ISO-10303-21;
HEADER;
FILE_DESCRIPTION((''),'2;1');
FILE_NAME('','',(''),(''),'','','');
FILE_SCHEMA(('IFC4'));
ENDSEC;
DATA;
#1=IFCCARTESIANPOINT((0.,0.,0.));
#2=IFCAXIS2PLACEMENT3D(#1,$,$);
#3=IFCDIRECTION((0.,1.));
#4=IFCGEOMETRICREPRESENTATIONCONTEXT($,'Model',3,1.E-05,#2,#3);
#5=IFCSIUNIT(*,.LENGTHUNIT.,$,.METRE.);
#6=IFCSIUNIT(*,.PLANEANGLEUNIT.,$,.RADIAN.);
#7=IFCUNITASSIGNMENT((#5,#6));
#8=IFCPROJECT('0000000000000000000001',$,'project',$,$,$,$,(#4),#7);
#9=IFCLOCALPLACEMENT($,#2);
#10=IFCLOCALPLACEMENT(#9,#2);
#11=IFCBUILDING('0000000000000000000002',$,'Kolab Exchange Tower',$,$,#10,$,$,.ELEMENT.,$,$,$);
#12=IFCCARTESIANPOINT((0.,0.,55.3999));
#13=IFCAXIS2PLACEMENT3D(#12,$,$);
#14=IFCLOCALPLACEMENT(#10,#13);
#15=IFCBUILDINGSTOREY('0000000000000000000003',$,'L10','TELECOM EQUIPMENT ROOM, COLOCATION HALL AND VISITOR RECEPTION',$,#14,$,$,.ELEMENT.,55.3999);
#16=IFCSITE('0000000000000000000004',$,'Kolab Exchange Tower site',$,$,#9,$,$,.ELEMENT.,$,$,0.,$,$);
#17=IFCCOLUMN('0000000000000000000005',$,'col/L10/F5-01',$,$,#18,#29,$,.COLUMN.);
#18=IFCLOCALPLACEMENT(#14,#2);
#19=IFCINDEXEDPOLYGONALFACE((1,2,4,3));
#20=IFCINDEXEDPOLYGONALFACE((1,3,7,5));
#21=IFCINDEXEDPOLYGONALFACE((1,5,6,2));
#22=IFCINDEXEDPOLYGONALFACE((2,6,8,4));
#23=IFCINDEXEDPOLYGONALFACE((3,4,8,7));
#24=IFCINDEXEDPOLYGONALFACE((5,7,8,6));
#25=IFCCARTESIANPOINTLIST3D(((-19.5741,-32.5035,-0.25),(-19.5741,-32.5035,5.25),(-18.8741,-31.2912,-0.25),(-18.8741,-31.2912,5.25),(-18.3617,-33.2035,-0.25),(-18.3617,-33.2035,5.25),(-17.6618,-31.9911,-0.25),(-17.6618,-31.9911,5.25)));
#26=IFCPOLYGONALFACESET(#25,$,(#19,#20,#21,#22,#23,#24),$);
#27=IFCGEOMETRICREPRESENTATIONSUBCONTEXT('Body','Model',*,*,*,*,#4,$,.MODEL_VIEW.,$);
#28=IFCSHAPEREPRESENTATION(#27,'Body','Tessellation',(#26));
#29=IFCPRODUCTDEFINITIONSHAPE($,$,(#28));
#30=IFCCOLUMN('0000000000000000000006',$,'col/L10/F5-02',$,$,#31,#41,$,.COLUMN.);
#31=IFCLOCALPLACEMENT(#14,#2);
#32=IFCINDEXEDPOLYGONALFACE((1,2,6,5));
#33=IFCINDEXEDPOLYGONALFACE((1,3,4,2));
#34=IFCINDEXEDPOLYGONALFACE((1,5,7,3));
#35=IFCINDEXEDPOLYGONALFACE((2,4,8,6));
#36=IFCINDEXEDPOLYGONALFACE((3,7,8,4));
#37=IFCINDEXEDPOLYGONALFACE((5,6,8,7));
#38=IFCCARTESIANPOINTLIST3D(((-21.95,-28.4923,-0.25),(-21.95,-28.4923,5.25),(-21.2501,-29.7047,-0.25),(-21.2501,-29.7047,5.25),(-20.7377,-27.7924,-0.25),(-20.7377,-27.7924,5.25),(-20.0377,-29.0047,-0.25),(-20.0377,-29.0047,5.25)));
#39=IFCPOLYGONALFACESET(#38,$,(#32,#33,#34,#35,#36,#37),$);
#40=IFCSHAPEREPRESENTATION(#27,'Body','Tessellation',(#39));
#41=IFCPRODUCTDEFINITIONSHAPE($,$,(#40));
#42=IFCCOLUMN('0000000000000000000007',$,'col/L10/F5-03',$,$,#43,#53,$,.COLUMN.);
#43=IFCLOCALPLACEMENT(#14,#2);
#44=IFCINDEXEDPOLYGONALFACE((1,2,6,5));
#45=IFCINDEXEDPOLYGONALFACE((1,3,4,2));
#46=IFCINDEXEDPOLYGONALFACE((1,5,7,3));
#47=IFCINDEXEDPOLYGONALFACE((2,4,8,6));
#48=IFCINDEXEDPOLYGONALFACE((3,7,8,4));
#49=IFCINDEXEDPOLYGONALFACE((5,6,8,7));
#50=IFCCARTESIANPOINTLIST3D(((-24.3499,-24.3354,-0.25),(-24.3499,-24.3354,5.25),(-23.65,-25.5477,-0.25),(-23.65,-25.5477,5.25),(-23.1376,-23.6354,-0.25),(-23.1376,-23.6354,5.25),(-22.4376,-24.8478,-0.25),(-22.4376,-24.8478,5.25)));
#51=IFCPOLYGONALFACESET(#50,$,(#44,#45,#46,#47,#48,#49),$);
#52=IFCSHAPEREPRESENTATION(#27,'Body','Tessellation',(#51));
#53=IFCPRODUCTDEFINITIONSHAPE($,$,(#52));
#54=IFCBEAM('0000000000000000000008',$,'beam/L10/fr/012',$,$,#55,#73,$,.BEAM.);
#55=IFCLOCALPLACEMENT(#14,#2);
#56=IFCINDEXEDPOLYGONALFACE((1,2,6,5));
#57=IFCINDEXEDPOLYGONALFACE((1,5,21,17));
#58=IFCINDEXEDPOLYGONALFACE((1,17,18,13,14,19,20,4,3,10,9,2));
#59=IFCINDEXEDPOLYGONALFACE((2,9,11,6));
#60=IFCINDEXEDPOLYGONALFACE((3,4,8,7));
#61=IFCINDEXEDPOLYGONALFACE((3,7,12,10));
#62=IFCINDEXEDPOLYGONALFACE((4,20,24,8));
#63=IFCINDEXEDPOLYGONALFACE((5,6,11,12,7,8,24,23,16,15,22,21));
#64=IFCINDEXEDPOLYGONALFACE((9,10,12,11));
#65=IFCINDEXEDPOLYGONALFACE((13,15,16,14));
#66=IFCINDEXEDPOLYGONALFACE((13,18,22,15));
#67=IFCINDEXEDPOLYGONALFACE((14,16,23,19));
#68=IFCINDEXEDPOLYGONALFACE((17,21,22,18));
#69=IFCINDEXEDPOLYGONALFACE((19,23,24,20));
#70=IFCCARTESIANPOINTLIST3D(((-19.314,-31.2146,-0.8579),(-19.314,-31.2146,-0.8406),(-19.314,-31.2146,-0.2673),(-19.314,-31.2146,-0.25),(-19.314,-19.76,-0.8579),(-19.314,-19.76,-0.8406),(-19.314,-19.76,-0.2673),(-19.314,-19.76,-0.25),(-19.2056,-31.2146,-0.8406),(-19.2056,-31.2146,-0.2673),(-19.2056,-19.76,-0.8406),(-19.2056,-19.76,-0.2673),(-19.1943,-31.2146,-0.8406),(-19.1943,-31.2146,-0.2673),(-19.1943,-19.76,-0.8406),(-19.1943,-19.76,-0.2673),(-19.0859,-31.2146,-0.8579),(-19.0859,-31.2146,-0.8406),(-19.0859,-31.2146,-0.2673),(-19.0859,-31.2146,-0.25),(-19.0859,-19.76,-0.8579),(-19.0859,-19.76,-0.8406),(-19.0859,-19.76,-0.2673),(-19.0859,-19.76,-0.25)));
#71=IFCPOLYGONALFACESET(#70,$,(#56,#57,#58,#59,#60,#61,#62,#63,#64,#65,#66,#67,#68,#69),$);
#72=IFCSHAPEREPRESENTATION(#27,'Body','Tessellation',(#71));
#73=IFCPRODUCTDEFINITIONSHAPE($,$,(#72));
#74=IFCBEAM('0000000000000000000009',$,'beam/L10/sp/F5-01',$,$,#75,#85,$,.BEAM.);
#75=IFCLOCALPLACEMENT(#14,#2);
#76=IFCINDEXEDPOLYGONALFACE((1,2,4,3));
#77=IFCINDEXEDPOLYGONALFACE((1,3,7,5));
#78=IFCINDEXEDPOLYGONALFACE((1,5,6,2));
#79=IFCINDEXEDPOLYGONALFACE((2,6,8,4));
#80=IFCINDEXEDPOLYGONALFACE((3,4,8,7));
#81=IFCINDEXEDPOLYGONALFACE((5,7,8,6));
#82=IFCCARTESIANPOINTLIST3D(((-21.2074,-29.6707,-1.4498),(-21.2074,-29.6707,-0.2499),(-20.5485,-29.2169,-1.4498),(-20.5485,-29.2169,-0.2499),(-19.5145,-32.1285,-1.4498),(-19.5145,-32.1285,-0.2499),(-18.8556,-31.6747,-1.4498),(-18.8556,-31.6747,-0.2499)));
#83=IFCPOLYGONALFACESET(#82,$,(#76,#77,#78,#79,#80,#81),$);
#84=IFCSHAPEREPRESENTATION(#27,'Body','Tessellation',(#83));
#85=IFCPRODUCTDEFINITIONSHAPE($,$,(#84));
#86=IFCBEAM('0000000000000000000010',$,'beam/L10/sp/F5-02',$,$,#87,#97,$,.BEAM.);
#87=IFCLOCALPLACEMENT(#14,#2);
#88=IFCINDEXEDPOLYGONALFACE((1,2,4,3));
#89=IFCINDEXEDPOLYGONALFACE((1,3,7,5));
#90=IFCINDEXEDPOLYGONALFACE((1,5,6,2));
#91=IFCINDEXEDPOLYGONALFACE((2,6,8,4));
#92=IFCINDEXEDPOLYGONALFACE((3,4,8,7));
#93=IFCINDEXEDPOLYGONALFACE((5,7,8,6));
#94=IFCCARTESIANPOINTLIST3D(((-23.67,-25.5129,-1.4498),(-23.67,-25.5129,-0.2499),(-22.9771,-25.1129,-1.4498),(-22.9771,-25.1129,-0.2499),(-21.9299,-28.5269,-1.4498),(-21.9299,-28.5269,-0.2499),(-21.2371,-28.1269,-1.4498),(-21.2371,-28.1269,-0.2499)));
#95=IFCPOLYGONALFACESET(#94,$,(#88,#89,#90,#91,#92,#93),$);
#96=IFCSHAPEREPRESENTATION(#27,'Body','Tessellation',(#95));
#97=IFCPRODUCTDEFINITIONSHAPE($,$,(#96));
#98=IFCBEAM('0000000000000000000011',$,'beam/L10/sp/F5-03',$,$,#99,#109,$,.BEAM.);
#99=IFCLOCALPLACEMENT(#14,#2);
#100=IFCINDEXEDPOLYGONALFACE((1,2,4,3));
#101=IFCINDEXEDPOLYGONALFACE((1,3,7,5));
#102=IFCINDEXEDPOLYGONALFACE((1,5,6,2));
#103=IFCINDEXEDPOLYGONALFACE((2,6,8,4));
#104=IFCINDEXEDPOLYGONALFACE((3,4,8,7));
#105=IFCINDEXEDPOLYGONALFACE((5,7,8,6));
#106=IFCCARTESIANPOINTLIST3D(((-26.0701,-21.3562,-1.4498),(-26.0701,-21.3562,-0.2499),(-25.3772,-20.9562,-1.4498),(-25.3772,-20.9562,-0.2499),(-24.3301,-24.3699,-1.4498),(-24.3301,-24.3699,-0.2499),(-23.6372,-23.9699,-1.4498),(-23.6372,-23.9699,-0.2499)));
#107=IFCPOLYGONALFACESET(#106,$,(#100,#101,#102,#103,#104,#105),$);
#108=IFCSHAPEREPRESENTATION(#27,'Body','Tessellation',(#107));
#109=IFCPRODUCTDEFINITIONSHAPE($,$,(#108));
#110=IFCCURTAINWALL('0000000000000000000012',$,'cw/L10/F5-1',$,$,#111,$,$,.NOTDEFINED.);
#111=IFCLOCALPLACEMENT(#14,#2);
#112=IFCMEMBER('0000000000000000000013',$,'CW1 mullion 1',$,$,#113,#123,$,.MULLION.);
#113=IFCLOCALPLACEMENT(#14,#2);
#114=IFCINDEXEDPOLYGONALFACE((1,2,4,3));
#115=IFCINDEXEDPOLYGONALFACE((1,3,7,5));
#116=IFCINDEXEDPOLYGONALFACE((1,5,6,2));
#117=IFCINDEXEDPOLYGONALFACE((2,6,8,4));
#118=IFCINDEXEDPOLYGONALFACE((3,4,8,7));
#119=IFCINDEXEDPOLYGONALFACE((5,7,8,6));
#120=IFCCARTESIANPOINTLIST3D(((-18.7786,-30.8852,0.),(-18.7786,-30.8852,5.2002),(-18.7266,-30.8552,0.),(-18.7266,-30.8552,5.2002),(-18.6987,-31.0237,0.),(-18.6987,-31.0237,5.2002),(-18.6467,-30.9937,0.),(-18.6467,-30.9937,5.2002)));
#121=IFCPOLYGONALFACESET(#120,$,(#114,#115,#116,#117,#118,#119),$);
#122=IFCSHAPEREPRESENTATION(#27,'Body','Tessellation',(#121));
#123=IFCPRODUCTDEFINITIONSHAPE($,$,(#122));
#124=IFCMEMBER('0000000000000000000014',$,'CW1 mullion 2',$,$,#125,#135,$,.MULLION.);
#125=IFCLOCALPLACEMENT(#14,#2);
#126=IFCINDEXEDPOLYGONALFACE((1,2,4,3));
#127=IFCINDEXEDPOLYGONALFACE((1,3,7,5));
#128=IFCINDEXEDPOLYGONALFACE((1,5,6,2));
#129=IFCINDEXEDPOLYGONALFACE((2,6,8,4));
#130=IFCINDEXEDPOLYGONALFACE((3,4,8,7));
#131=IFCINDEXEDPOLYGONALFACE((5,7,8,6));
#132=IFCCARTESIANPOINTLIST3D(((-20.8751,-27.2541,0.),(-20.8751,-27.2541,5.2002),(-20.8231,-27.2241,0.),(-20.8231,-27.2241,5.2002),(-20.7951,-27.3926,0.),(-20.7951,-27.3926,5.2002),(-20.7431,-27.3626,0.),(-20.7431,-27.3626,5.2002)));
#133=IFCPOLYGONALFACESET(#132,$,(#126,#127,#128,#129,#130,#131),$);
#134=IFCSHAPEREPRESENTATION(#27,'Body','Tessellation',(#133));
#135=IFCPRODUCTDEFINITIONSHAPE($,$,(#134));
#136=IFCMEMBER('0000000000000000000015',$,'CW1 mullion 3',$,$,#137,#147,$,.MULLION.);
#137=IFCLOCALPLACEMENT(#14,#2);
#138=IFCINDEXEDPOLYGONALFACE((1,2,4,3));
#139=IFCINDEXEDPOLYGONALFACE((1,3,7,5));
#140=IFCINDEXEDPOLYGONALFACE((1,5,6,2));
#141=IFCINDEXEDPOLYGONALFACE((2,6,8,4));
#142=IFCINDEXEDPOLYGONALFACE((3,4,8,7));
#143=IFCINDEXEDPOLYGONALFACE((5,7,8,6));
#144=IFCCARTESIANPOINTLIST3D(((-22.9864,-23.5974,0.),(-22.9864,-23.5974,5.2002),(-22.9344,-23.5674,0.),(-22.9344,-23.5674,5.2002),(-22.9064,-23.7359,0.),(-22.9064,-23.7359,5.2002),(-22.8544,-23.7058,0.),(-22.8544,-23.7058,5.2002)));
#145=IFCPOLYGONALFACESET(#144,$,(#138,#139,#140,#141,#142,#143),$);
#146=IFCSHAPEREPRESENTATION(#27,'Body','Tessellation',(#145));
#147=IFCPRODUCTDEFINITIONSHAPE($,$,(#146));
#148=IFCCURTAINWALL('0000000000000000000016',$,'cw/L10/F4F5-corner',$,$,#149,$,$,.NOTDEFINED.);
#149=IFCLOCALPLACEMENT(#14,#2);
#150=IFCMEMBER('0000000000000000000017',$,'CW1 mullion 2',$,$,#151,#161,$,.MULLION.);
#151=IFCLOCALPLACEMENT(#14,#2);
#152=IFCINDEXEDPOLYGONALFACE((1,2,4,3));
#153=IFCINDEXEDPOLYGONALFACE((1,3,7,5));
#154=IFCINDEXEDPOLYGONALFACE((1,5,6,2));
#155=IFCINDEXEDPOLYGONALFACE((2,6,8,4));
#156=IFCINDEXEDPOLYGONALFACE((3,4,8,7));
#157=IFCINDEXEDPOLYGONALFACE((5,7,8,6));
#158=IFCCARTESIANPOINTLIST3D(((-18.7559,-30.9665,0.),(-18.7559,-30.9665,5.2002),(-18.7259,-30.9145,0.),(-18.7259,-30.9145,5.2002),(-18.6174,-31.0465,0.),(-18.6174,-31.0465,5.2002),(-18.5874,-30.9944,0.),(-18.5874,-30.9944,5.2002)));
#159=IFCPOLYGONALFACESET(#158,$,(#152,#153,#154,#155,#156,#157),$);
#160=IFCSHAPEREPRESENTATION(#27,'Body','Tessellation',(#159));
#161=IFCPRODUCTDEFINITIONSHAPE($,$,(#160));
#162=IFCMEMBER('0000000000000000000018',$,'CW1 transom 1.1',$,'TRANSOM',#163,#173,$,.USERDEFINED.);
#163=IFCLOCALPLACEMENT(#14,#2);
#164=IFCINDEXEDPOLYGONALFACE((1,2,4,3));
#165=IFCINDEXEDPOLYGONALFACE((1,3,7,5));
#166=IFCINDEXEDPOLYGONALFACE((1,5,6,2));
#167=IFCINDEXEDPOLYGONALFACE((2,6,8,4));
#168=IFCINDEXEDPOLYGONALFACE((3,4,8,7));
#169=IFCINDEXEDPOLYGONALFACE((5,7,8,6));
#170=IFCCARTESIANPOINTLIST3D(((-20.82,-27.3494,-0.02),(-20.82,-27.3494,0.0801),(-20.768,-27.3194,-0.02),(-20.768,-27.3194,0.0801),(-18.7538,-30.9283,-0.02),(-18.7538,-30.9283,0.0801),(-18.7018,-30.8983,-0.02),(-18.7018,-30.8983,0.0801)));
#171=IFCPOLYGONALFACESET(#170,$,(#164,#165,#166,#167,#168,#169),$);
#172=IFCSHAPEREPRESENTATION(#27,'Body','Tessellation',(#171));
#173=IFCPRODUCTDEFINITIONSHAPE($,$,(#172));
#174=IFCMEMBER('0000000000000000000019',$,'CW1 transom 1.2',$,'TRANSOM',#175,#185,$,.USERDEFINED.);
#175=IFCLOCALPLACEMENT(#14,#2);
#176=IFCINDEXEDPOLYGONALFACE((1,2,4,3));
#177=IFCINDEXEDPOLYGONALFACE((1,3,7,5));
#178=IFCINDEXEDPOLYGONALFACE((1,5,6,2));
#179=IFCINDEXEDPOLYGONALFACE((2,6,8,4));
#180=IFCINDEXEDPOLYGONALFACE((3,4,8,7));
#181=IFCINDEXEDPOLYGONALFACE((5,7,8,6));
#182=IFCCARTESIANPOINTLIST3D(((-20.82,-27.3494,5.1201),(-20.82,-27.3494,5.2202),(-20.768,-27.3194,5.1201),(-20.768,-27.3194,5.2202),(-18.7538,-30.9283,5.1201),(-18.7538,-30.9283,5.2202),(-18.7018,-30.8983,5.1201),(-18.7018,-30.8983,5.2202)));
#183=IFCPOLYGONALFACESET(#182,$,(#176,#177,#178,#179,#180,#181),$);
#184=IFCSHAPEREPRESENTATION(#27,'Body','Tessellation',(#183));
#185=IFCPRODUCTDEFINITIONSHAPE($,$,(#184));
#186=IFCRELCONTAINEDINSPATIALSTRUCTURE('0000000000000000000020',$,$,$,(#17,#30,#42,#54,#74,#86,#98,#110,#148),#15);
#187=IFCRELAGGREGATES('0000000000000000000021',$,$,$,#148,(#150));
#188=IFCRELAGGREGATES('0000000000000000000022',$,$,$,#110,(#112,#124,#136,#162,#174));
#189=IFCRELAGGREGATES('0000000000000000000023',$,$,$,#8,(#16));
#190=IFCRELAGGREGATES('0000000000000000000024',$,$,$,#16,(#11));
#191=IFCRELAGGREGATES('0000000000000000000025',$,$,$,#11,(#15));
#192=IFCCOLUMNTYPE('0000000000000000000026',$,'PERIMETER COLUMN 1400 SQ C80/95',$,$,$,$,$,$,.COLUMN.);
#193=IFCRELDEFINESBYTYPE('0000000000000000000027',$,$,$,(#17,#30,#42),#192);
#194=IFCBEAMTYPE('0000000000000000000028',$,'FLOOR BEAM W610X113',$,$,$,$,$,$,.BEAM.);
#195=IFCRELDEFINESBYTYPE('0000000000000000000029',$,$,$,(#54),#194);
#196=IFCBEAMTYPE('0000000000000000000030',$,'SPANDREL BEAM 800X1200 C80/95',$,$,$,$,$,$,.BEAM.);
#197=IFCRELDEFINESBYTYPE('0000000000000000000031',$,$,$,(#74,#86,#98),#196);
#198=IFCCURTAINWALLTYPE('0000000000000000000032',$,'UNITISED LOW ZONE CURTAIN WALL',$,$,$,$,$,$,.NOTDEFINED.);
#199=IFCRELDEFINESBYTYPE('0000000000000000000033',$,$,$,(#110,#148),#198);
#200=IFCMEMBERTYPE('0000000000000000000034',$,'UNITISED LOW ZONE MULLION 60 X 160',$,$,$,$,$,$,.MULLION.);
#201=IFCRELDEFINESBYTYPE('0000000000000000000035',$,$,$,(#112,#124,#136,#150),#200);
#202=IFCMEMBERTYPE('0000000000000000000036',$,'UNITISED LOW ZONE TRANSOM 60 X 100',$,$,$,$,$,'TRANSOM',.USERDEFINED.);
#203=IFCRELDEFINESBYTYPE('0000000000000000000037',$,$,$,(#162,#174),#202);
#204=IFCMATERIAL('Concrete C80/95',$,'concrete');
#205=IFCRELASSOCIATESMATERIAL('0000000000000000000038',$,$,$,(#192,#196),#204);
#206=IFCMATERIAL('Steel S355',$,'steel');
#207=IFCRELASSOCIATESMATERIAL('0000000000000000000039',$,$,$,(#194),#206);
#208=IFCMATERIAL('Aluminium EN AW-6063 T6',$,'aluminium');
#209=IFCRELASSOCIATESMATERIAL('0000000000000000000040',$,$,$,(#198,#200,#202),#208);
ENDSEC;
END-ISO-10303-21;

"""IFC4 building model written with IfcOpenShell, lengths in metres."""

from ifc_helpers import new_model, si_unit, direction, frame, origin, origin_2d, place, context, subcontext, project, spatial, rectangle, i_section, extrude, material, material_profile, profile_set, type_object, element, aggregate, save


model = new_model("IFC4")

# Units and contexts
model_context = context("Model", 3, precision=1e-05, world=origin(), true_north=direction((0.0, 1.0)))
body_context = subcontext(model_context, "Body", "Model", "MODEL_VIEW")
ifc_project = project(units=[si_unit("LENGTHUNIT", "METRE"), si_unit("PLANEANGLEUNIT", "RADIAN")], contexts=[model_context])

# Site, building, storey
site_placement = place(None, origin())
site = spatial("IfcSite", under=ifc_project, at=site_placement, Name="Kolab Exchange Tower site", CompositionType="ELEMENT", RefElevation=0.0)
building_placement = place(site_placement, origin())
building = spatial("IfcBuilding", under=site, at=building_placement, Name="Kolab Exchange Tower", CompositionType="ELEMENT")
storey_placement = place(building_placement, frame((0.0, 0.0, 55.3999)))
storey = spatial("IfcBuildingStorey", under=building, at=storey_placement, Name="L10", Description="TELECOM EQUIPMENT ROOM, COLOCATION HALL AND VISITOR RECEPTION", CompositionType="ELEMENT", Elevation=55.3999)

# Columns
ifc_material_1 = material(Name="Concrete C80/95", Category="concrete")
ifc_material_profile_1 = material_profile(ifc_material_1, rectangle(XDim=1.3999, YDim=1.3999, at=origin_2d()), Name="RC1400")
ifc_profile_set_1 = profile_set([ifc_material_profile_1], Name="Concrete C80/95")
column_type = type_object("IfcColumnType", Name="PERIMETER COLUMN 1400 SQ C80/95", PredefinedType="COLUMN", material=ifc_profile_set_1)
for number, where, z_axis, x_axis, name in (
    (1, (-18.6179, -32.2473, -0.25), (0.0, 0.0, 1.0), (0.5, 0.866025, 0.0), "col/L10/F5-01"),
    (2, (-20.9939, -28.7485, -0.25), (0.0, 0.0, 1.0), (0.866025, 0.5, 0.0), "col/L10/F5-02"),
    (3, (-23.3938, -24.5916, -0.25), (0.0, 0.0, 1.0), (0.866025, 0.5, 0.0), "col/L10/F5-03"),
):
    element("IfcColumn", number, at=place(storey_placement, frame(where, z_axis=z_axis, x_axis=x_axis)), inside=storey, type_object=column_type, Name=name, PredefinedType="COLUMN", context=body_context, shape_type="SweptSolid", body=[
        extrude(rectangle(XDim=1.3999, YDim=1.3999, at=origin_2d()), origin(), (0.0, 0.0, 1.0), 5.5),
    ])

# Beams
ifc_material_2 = material(Name="Steel S355", Category="steel")
ifc_material_profile_2 = material_profile(ifc_material_2, i_section(OverallWidth=0.228, OverallDepth=0.6079, WebThickness=0.0112, FlangeThickness=0.0173, at=origin_2d()), Name="W610X113")
ifc_profile_set_2 = profile_set([ifc_material_profile_2], Name="Steel S355")
beam_type_1 = type_object("IfcBeamType", Name="FLOOR BEAM W610X113", PredefinedType="BEAM", material=ifc_profile_set_2)
beam_1_placement = place(storey_placement, frame((-19.2, -31.2146, -0.554), z_axis=(0.0, 1.0, 0.0), x_axis=(-1.0, 0.0, 0.0)))
element("IfcBeam", 4, at=beam_1_placement, inside=storey, type_object=beam_type_1, Name="beam/L10/fr/012", PredefinedType="BEAM", context=body_context, shape_type="SweptSolid", body=[
    extrude(i_section(OverallWidth=0.228, OverallDepth=0.6079, WebThickness=0.0112, FlangeThickness=0.0173, at=origin_2d()), origin(), (0.0, 0.0, 1.0), 11.4546),
])
ifc_material_profile_3 = material_profile(ifc_material_1, rectangle(XDim=0.8, YDim=1.2, at=origin_2d()), Name="RC800X1200")
ifc_profile_set_3 = profile_set([ifc_material_profile_3], Name="Concrete C80/95")
beam_type_2 = type_object("IfcBeamType", Name="SPANDREL BEAM 800X1200 C80/95", PredefinedType="BEAM", material=ifc_profile_set_3)
beam_2_placement = place(storey_placement, frame((-19.1851, -31.9016, -0.8499), z_axis=(-0.567247, 0.823548, 0.0), x_axis=(-0.823548, -0.567247, 0.0)))
element("IfcBeam", 5, at=beam_2_placement, inside=storey, type_object=beam_type_2, Name="beam/L10/sp/F5-01", PredefinedType="BEAM", context=body_context, shape_type="SweptSolid", body=[
    extrude(rectangle(XDim=0.8, YDim=1.2, at=origin_2d()), origin(), (0.0, 0.0, 1.0), 2.9844),
])
beam_3_placement = place(storey_placement, frame((-21.5835, -28.3269, -0.8499), z_axis=(-0.49998, 0.866037, 0.0), x_axis=(-0.866037, -0.49998, 0.0)))
element("IfcBeam", 6, at=beam_3_placement, inside=storey, type_object=beam_type_2, Name="beam/L10/sp/F5-02", PredefinedType="BEAM", context=body_context, shape_type="SweptSolid", body=[
    extrude(rectangle(XDim=0.8, YDim=1.2, at=origin_2d()), origin(), (0.0, 0.0, 1.0), 3.4802),
])
beam_4_placement = place(storey_placement, frame((-23.9836, -24.1699, -0.8499), z_axis=(-0.50001, 0.86602, 0.0), x_axis=(-0.86602, -0.50001, 0.0)))
element("IfcBeam", 7, at=beam_4_placement, inside=storey, type_object=beam_type_2, Name="beam/L10/sp/F5-03", PredefinedType="BEAM", context=body_context, shape_type="SweptSolid", body=[
    extrude(rectangle(XDim=0.8, YDim=1.2, at=origin_2d()), origin(), (0.0, 0.0, 1.0), 3.48),
])

# Curtain wall, members
ifc_material_3 = material(Name="Aluminium EN AW-6063 T6", Category="aluminium")
curtain_wall_type = type_object("IfcCurtainWallType", Name="UNITISED LOW ZONE CURTAIN WALL", PredefinedType="NOTDEFINED", material=ifc_material_3)
curtain_wall_1_placement = place(storey_placement, origin())
curtain_wall_1 = element("IfcCurtainWall", 8, at=curtain_wall_1_placement, inside=storey, type_object=curtain_wall_type, Name="cw/L10/F5-1", PredefinedType="NOTDEFINED")
ifc_material_profile_4 = material_profile(ifc_material_3, rectangle(XDim=0.0601, YDim=0.1599, at=origin_2d()), Name="RECT 60X160")
ifc_profile_set_4 = profile_set([ifc_material_profile_4], Name="Aluminium EN AW-6063 T6")
member_type_1 = type_object("IfcMemberType", Name="UNITISED LOW ZONE MULLION 60 X 160", PredefinedType="MULLION", material=ifc_profile_set_4)
member_1_placement = place(storey_placement, frame((-18.7126, -30.9395, 0.0), z_axis=(0.0, 0.0, 1.0), x_axis=(-0.866025, -0.5, 0.0)))
member_1 = element("IfcMember", 9, at=member_1_placement, type_object=member_type_1, Name="CW1 mullion 1", PredefinedType="MULLION", context=body_context, shape_type="SweptSolid", body=[
    extrude(rectangle(XDim=0.0601, YDim=0.1599, at=origin_2d()), origin(), (0.0, 0.0, 1.0), 5.2002),
])
member_2_placement = place(storey_placement, frame((-20.8091, -27.3083, 0.0), z_axis=(0.0, 0.0, 1.0), x_axis=(-0.866025, -0.5, 0.0)))
member_2 = element("IfcMember", 10, at=member_2_placement, type_object=member_type_1, Name="CW1 mullion 2", PredefinedType="MULLION", context=body_context, shape_type="SweptSolid", body=[
    extrude(rectangle(XDim=0.0601, YDim=0.1599, at=origin_2d()), origin(), (0.0, 0.0, 1.0), 5.2002),
])
member_3_placement = place(storey_placement, frame((-22.9204, -23.6516, 0.0), z_axis=(0.0, 0.0, 1.0), x_axis=(-0.866025, -0.5, 0.0)))
member_3 = element("IfcMember", 11, at=member_3_placement, type_object=member_type_1, Name="CW1 mullion 3", PredefinedType="MULLION", context=body_context, shape_type="SweptSolid", body=[
    extrude(rectangle(XDim=0.0601, YDim=0.1599, at=origin_2d()), origin(), (0.0, 0.0, 1.0), 5.2002),
])

# Curtain wall, member
curtain_wall_2_placement = place(storey_placement, origin())
curtain_wall_2 = element("IfcCurtainWall", 12, at=curtain_wall_2_placement, inside=storey, type_object=curtain_wall_type, Name="cw/L10/F4F5-corner", PredefinedType="NOTDEFINED")
member_4_placement = place(storey_placement, frame((-18.6716, -30.9805, 0.0), z_axis=(0.0, 0.0, 1.0), x_axis=(-0.5, -0.866025, 0.0)))
member_4 = element("IfcMember", 13, at=member_4_placement, type_object=member_type_1, Name="CW1 mullion 2", PredefinedType="MULLION", context=body_context, shape_type="SweptSolid", body=[
    extrude(rectangle(XDim=0.0601, YDim=0.1599, at=origin_2d()), origin(), (0.0, 0.0, 1.0), 5.2002),
])
aggregate(curtain_wall_2, [member_4])

# Members
ifc_material_profile_5 = material_profile(ifc_material_3, rectangle(XDim=0.0601, YDim=0.1001, at=origin_2d()), Name="RECT 60X100")
ifc_profile_set_5 = profile_set([ifc_material_profile_5], Name="Aluminium EN AW-6063 T6")
member_type_2 = type_object("IfcMemberType", Name="UNITISED LOW ZONE TRANSOM 60 X 100", ElementType="TRANSOM", PredefinedType="USERDEFINED", material=ifc_profile_set_5)
member_5_placement = place(storey_placement, frame((-18.7278, -30.9133, 0.03), z_axis=(-0.499983, 0.866035, 0.0), x_axis=(-0.866035, -0.499983, 0.0)))
member_5 = element("IfcMember", 14, at=member_5_placement, type_object=member_type_2, Name="CW1 transom 1.1", ObjectType="TRANSOM", PredefinedType="USERDEFINED", context=body_context, shape_type="SweptSolid", body=[
    extrude(rectangle(XDim=0.0601, YDim=0.1001, at=origin_2d()), origin(), (0.0, 0.0, 1.0), 4.1326),
])
member_6_placement = place(storey_placement, frame((-18.7278, -30.9133, 5.1702), z_axis=(-0.499983, 0.866035, 0.0), x_axis=(-0.866035, -0.499983, 0.0)))
member_6 = element("IfcMember", 15, at=member_6_placement, type_object=member_type_2, Name="CW1 transom 1.2", ObjectType="TRANSOM", PredefinedType="USERDEFINED", context=body_context, shape_type="SweptSolid", body=[
    extrude(rectangle(XDim=0.0601, YDim=0.1001, at=origin_2d()), origin(), (0.0, 0.0, 1.0), 4.1326),
])

aggregate(curtain_wall_1, [member_1, member_2, member_3, member_5, member_6])

save(model, "model.ifc")
